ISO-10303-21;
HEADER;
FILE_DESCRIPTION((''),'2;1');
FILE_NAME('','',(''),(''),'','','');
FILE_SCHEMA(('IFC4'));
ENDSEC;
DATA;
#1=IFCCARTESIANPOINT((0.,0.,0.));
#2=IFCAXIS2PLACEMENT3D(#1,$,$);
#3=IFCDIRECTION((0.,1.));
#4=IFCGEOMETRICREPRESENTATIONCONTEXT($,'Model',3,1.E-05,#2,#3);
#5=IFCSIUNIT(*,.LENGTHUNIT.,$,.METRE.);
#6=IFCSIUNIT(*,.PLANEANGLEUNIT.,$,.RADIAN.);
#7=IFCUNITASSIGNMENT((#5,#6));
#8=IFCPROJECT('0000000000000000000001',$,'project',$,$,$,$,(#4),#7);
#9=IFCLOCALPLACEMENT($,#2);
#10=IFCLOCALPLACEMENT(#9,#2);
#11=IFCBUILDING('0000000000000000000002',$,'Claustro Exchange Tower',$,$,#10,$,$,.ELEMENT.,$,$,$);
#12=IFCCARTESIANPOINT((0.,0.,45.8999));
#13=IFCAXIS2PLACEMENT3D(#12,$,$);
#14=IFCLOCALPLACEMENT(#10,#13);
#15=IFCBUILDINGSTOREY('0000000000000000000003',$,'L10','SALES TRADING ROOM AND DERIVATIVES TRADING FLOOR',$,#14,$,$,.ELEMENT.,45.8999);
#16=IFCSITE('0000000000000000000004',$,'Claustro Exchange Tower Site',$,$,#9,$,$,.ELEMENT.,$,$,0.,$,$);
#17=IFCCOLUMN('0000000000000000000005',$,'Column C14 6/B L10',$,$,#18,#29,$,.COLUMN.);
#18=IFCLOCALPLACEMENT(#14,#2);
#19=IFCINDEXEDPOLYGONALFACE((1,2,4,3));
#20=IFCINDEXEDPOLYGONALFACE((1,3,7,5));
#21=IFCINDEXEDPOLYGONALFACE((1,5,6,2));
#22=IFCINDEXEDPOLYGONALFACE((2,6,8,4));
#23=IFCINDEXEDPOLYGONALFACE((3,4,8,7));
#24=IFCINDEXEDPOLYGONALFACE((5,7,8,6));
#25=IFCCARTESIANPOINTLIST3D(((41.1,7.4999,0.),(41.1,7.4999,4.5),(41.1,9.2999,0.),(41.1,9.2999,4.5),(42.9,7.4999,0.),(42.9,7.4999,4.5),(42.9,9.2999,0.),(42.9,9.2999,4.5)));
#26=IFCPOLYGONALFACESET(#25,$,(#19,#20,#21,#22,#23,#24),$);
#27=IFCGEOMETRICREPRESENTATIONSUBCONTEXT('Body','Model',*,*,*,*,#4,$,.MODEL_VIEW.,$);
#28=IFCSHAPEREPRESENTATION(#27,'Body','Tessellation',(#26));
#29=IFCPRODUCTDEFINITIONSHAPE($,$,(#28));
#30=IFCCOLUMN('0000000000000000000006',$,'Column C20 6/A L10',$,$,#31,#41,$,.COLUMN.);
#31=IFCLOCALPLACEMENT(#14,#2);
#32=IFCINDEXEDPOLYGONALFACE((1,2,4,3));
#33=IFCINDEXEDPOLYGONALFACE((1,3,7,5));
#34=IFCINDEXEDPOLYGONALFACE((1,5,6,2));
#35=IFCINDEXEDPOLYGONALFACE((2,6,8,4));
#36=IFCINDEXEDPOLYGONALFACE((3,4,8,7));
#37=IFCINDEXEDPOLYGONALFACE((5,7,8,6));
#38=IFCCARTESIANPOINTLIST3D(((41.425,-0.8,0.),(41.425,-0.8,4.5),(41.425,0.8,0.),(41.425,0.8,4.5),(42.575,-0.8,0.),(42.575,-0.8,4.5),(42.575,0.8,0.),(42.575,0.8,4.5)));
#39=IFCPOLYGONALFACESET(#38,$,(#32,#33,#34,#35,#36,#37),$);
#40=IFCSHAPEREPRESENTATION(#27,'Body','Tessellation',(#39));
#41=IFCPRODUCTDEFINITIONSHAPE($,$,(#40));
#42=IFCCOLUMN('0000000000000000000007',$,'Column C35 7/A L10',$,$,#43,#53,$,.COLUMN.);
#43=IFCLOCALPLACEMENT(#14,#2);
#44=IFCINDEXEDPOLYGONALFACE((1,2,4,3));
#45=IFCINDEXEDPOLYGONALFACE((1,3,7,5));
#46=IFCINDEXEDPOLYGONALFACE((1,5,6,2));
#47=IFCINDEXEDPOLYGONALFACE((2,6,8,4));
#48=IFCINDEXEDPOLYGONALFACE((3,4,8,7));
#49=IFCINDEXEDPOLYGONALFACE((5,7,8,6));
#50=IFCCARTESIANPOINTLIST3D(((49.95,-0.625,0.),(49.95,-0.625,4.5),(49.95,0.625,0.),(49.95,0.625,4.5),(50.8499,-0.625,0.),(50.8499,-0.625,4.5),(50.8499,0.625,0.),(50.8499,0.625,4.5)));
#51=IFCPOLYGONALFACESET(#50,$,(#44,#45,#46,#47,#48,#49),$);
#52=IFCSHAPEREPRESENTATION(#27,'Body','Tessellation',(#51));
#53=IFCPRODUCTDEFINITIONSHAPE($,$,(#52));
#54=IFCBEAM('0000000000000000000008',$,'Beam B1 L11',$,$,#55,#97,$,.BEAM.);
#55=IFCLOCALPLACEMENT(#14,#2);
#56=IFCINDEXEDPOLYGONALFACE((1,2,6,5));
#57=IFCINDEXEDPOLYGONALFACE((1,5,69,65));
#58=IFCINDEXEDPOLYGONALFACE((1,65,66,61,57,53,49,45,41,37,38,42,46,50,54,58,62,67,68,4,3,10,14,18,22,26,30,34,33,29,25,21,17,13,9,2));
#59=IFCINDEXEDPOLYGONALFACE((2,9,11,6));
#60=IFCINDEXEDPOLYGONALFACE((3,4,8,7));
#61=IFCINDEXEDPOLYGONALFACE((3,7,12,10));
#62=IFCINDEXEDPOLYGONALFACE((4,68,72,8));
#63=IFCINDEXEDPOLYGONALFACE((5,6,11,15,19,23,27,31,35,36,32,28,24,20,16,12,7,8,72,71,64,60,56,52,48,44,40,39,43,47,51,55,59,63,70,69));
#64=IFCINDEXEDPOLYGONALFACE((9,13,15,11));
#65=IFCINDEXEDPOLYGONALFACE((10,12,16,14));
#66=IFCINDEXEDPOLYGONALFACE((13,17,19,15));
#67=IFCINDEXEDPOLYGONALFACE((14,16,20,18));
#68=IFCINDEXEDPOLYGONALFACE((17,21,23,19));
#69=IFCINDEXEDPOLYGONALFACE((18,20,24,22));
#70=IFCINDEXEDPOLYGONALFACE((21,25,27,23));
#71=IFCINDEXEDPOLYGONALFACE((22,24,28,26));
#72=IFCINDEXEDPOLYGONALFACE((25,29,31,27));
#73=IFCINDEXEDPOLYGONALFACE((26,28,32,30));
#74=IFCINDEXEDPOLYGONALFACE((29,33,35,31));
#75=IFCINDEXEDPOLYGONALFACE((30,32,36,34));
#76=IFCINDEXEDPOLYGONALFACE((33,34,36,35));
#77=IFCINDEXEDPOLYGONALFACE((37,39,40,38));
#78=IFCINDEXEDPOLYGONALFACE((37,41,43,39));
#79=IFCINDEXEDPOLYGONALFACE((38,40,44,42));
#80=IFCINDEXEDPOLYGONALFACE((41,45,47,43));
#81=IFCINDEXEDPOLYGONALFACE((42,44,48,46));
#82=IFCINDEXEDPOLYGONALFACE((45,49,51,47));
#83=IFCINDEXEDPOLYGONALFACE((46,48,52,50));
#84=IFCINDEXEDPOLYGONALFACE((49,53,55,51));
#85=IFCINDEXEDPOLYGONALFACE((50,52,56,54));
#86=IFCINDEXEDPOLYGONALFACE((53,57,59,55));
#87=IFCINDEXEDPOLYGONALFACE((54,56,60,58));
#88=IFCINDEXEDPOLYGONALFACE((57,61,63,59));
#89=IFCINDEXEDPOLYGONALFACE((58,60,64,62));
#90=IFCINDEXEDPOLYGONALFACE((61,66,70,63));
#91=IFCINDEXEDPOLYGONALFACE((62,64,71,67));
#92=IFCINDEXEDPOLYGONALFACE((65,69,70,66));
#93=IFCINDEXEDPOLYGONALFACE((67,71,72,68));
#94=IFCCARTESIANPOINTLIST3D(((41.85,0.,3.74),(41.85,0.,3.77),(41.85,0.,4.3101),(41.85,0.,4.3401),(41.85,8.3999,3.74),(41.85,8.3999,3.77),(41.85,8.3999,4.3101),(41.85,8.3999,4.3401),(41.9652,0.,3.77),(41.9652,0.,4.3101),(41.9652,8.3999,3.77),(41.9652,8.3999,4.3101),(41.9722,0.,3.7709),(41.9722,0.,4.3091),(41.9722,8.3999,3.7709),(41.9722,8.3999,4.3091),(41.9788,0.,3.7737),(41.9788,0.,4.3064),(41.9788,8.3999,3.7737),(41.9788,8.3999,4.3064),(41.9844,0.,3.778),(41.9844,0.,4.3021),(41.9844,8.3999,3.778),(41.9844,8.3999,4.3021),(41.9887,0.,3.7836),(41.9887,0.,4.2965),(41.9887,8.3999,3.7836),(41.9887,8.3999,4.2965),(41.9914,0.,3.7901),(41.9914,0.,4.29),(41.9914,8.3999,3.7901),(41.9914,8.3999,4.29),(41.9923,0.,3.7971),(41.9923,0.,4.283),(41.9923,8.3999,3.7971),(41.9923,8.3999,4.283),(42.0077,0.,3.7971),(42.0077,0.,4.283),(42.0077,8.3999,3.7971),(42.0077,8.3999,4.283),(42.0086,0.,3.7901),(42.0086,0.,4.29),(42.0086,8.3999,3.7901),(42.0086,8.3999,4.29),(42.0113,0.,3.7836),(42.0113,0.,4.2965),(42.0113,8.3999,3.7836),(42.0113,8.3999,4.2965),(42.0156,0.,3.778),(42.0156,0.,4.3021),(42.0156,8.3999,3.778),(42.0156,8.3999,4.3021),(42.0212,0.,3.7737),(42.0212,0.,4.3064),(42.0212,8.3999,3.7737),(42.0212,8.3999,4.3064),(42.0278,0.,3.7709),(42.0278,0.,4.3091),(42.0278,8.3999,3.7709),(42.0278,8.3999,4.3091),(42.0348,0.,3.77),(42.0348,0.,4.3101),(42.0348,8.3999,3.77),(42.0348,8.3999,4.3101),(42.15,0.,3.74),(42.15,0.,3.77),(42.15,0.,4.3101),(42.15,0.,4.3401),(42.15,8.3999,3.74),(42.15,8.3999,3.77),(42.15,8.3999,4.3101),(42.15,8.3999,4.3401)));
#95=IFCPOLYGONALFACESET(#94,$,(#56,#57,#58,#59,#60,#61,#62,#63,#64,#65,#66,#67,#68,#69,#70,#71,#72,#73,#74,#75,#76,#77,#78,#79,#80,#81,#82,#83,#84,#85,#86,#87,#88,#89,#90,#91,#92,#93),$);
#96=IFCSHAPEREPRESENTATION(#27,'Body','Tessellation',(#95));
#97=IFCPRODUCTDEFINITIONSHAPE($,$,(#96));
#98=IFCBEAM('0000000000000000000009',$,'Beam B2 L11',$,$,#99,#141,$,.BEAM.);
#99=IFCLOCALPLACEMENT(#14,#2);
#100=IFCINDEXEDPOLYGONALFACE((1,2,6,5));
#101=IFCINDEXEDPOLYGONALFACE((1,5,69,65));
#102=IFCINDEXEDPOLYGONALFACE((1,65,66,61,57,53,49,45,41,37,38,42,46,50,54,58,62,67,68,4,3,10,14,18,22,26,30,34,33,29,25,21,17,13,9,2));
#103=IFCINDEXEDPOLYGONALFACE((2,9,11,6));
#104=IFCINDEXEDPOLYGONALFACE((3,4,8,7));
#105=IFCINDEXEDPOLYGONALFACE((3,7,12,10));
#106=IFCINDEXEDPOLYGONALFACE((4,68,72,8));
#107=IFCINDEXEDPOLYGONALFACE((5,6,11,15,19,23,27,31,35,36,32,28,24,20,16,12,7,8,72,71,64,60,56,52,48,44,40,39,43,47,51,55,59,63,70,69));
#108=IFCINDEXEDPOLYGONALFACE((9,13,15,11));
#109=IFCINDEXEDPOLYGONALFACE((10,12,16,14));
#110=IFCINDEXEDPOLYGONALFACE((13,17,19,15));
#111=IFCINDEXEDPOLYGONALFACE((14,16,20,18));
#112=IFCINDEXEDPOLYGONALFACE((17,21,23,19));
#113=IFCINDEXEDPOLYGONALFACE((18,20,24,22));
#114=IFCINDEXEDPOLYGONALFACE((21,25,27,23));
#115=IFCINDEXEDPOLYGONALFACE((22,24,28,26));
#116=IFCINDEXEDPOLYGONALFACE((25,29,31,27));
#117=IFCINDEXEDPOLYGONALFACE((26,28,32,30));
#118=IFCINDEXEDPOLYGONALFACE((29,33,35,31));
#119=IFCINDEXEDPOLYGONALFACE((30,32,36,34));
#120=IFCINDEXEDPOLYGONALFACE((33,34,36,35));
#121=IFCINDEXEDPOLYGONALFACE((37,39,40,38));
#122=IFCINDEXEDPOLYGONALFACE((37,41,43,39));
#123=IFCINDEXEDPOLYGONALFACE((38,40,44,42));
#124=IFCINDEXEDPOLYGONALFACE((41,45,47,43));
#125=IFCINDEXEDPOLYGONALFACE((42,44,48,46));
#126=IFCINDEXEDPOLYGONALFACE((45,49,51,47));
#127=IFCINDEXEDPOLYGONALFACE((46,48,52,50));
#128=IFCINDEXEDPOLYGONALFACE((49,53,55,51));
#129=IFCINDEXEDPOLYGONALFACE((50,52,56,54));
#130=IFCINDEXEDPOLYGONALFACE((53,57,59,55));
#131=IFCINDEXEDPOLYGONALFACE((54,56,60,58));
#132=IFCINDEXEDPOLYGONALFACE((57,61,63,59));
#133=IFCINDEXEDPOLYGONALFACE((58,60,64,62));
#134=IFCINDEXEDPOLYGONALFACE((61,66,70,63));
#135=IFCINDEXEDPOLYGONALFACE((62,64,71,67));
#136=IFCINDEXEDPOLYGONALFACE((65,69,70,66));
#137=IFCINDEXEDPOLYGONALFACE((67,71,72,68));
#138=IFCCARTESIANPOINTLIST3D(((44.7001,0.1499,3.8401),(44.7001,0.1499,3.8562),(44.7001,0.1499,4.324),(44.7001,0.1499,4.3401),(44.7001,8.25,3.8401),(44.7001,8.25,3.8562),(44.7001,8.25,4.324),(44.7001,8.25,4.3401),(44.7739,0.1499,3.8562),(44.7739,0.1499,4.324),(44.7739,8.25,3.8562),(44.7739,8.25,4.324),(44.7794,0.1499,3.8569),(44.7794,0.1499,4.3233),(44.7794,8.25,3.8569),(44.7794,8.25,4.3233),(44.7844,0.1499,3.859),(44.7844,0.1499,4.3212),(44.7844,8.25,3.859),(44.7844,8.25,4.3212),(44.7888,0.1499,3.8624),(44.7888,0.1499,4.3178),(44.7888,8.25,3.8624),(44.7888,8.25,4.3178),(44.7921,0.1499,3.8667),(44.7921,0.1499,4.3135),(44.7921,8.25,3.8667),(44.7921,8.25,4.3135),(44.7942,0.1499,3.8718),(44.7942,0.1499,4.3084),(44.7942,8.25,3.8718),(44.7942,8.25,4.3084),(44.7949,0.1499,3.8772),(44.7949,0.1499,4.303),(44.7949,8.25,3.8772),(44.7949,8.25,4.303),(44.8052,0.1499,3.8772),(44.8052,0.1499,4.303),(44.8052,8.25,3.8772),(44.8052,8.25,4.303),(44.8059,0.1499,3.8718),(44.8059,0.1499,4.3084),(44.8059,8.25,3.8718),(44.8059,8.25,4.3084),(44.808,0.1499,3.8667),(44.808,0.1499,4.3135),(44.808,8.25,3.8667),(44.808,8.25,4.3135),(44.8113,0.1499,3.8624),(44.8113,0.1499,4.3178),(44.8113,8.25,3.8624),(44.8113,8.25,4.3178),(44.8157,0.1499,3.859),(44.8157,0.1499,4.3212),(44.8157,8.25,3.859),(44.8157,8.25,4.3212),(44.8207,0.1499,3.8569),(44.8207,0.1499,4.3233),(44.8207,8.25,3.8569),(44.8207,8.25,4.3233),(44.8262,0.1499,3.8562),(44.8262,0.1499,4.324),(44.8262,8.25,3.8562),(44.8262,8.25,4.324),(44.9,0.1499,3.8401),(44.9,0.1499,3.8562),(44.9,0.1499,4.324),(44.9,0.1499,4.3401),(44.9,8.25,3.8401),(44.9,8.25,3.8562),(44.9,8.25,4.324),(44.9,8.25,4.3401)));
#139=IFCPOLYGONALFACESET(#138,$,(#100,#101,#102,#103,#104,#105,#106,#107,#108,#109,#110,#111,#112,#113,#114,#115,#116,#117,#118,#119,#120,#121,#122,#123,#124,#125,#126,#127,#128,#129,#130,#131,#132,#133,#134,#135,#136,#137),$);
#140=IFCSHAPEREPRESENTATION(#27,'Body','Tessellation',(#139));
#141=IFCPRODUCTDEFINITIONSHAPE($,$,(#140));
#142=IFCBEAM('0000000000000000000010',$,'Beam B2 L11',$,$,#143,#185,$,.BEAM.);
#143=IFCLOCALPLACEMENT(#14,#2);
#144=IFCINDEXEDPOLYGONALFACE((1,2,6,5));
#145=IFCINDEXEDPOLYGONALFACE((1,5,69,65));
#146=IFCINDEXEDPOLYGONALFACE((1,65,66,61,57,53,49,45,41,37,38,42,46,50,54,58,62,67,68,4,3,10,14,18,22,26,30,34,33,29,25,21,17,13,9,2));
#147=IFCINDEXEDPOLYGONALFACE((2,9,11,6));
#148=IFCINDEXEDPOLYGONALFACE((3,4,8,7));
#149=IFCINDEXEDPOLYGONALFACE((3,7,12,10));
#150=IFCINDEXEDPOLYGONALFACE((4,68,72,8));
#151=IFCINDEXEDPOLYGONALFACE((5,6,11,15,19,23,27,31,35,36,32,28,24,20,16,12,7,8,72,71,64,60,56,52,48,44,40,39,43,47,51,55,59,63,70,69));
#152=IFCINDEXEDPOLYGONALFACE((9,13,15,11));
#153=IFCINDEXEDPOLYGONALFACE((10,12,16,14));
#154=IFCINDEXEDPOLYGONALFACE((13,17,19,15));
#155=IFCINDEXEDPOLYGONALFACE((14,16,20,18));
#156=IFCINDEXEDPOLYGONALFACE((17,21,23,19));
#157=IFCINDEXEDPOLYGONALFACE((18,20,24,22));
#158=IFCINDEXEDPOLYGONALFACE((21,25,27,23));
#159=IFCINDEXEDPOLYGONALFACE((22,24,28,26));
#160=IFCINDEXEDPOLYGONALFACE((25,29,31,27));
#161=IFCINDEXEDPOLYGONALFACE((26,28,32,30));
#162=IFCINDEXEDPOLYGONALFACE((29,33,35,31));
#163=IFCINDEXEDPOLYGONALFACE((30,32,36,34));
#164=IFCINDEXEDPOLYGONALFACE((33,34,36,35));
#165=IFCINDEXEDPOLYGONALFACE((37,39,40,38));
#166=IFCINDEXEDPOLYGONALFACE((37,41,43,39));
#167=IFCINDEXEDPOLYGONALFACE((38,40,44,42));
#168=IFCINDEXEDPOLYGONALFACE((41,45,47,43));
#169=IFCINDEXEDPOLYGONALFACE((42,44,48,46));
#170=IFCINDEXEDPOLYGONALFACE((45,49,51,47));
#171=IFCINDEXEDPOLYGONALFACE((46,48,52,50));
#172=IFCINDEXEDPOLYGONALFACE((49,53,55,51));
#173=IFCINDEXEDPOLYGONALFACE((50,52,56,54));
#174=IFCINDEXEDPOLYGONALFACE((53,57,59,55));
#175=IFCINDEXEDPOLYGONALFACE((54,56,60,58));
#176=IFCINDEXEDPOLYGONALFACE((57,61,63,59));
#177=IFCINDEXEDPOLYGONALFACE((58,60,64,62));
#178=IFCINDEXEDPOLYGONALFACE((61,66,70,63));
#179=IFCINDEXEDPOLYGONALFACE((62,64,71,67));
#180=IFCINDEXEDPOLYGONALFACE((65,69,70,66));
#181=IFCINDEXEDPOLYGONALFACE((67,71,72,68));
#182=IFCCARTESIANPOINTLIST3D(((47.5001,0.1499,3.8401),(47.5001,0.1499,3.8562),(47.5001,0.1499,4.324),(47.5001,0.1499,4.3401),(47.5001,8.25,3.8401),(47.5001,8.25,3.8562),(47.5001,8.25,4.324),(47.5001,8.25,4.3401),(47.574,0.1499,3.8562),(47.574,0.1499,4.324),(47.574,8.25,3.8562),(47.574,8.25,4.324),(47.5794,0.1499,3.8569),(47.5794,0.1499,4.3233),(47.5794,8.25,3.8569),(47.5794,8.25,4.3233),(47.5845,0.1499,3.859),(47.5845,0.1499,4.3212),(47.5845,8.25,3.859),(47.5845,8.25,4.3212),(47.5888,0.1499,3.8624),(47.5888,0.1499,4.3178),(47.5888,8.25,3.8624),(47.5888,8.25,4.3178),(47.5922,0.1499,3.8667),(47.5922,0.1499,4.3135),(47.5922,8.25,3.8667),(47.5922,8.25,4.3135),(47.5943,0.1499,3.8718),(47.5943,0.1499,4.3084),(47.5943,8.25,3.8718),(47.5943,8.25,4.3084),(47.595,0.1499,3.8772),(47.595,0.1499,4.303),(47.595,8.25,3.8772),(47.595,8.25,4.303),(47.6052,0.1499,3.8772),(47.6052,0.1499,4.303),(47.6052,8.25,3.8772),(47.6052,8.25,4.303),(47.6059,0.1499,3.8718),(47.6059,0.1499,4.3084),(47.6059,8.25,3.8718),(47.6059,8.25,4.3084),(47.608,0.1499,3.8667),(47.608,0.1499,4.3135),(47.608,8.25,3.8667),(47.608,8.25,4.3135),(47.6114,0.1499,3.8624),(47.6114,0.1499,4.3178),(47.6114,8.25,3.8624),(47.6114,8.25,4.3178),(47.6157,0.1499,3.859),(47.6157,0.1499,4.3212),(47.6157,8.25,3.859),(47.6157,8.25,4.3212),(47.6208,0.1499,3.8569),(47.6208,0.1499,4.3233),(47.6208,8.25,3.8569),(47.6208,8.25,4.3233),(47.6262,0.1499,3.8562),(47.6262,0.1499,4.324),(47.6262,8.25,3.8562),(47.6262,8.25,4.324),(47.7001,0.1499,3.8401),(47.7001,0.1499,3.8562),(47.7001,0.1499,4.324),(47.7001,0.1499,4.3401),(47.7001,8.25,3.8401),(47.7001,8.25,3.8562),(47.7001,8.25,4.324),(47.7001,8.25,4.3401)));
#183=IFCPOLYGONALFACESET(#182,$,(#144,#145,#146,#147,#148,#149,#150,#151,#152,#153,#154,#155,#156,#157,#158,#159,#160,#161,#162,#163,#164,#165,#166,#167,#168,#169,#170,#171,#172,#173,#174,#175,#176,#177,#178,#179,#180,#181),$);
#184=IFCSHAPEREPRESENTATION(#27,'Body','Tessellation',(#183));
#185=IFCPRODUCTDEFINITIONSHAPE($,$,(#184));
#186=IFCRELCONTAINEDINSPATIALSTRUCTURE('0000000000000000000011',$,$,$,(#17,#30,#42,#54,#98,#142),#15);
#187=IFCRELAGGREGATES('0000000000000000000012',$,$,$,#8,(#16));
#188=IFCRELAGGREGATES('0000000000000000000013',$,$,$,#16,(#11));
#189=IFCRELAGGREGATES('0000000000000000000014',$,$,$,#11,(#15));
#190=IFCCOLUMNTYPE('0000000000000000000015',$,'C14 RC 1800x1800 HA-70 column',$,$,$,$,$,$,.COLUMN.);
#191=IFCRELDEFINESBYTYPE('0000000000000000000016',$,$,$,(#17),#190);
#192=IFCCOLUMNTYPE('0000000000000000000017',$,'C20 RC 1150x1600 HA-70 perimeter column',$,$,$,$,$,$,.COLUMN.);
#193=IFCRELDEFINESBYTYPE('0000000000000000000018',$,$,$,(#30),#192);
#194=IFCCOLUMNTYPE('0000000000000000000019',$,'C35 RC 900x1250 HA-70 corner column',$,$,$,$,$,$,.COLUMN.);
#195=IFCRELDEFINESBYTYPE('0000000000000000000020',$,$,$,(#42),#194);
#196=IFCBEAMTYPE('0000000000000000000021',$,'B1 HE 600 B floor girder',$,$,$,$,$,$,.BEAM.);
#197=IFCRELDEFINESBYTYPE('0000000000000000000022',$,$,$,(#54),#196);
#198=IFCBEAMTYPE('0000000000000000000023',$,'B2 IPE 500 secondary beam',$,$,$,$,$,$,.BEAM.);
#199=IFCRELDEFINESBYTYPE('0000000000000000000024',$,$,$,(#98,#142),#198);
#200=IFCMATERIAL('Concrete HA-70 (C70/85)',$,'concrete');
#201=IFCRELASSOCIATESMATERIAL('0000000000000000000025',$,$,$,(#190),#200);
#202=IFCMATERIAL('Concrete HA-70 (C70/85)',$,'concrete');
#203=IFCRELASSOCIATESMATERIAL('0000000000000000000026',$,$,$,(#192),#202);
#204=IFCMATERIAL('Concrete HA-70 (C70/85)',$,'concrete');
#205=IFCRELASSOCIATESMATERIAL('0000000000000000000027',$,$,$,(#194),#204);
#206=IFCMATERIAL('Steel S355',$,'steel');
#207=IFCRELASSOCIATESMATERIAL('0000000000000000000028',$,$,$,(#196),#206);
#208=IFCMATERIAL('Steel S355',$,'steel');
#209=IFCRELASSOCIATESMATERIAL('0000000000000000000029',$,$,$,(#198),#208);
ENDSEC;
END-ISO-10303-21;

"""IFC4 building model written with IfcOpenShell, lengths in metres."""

from ifc_helpers import new_model, si_unit, direction, frame, origin, origin_2d, place, context, subcontext, project, spatial, rectangle, i_section, extrude, material, material_profile, profile_set, type_object, element, save


model = new_model("IFC4")

# Units and contexts
model_context = context("Model", 3, precision=1e-05, world=origin(), true_north=direction((0.0, 1.0)))
body_context = subcontext(model_context, "Body", "Model", "MODEL_VIEW")
ifc_project = project(units=[si_unit("LENGTHUNIT", "METRE"), si_unit("PLANEANGLEUNIT", "RADIAN")], contexts=[model_context])

# Site, building, storey
site_placement = place(None, origin())
site = spatial("IfcSite", under=ifc_project, at=site_placement, Name="Claustro Exchange Tower Site", CompositionType="ELEMENT", RefElevation=0.0)
building_placement = place(site_placement, origin())
building = spatial("IfcBuilding", under=site, at=building_placement, Name="Claustro Exchange Tower", CompositionType="ELEMENT")
storey_placement = place(building_placement, frame((0.0, 0.0, 45.8999)))
storey = spatial("IfcBuildingStorey", under=building, at=storey_placement, Name="L10", Description="SALES TRADING ROOM AND DERIVATIVES TRADING FLOOR", CompositionType="ELEMENT", Elevation=45.8999)

# Columns
ifc_material_1 = material(Name="Concrete HA-70 (C70/85)", Category="concrete")
ifc_material_profile_1 = material_profile(ifc_material_1, rectangle(XDim=1.8, YDim=1.8, at=origin_2d()), Name="RC 1800x1800")
ifc_profile_set_1 = profile_set([ifc_material_profile_1], Name="Concrete HA-70 (C70/85)")
column_type_1 = type_object("IfcColumnType", Name="C14 RC 1800x1800 HA-70 column", PredefinedType="COLUMN", material=ifc_profile_set_1)
column_1_placement = place(storey_placement, frame((42.0, 8.3999, 0.0), z_axis=(0.0, 0.0, 1.0), x_axis=(1.0, 0.0, 0.0)))
element("IfcColumn", 1, at=column_1_placement, inside=storey, type_object=column_type_1, Name="Column C14 6/B L10", PredefinedType="COLUMN", context=body_context, shape_type="SweptSolid", body=[
    extrude(rectangle(XDim=1.8, YDim=1.8, at=origin_2d()), origin(), (0.0, 0.0, 1.0), 4.5),
])
ifc_material_2 = material(Name="Concrete HA-70 (C70/85)", Category="concrete")
ifc_material_profile_2 = material_profile(ifc_material_2, rectangle(XDim=1.1499, YDim=1.6001, at=origin_2d()), Name="RC 1150x1600")
ifc_profile_set_2 = profile_set([ifc_material_profile_2], Name="Concrete HA-70 (C70/85)")
column_type_2 = type_object("IfcColumnType", Name="C20 RC 1150x1600 HA-70 perimeter column", PredefinedType="COLUMN", material=ifc_profile_set_2)
column_2_placement = place(storey_placement, frame((42.0, 0.0, 0.0), z_axis=(0.0, 0.0, 1.0), x_axis=(1.0, 0.0, 0.0)))
element("IfcColumn", 2, at=column_2_placement, inside=storey, type_object=column_type_2, Name="Column C20 6/A L10", PredefinedType="COLUMN", context=body_context, shape_type="SweptSolid", body=[
    extrude(rectangle(XDim=1.1499, YDim=1.6001, at=origin_2d()), origin(), (0.0, 0.0, 1.0), 4.5),
])
ifc_material_3 = material(Name="Concrete HA-70 (C70/85)", Category="concrete")
ifc_material_profile_3 = material_profile(ifc_material_3, rectangle(XDim=0.8999, YDim=1.25, at=origin_2d()), Name="RC 900x1250")
ifc_profile_set_3 = profile_set([ifc_material_profile_3], Name="Concrete HA-70 (C70/85)")
column_type_3 = type_object("IfcColumnType", Name="C35 RC 900x1250 HA-70 corner column", PredefinedType="COLUMN", material=ifc_profile_set_3)
column_3_placement = place(storey_placement, frame((50.3999, 0.0, 0.0), z_axis=(0.0, 0.0, 1.0), x_axis=(1.0, 0.0, 0.0)))
element("IfcColumn", 3, at=column_3_placement, inside=storey, type_object=column_type_3, Name="Column C35 7/A L10", PredefinedType="COLUMN", context=body_context, shape_type="SweptSolid", body=[
    extrude(rectangle(XDim=0.8999, YDim=1.25, at=origin_2d()), origin(), (0.0, 0.0, 1.0), 4.5),
])

# Beams
ifc_material_4 = material(Name="Steel S355", Category="steel")
ifc_material_profile_4 = material_profile(ifc_material_4, i_section(OverallWidth=0.3, OverallDepth=0.6001, WebThickness=0.0154, FlangeThickness=0.03, FilletRadius=0.0271, at=origin_2d()), Name="HE 600 B")
ifc_profile_set_4 = profile_set([ifc_material_profile_4], Name="Steel S355")
beam_type_1 = type_object("IfcBeamType", Name="B1 HE 600 B floor girder", PredefinedType="BEAM", material=ifc_profile_set_4)
beam_1_placement = place(storey_placement, frame((42.0, 0.0, 4.04), z_axis=(0.0, 1.0, 0.0), x_axis=(-1.0, 0.0, 0.0)))
element("IfcBeam", 4, at=beam_1_placement, inside=storey, type_object=beam_type_1, Name="Beam B1 L11", PredefinedType="BEAM", context=body_context, shape_type="SweptSolid", body=[
    extrude(i_section(OverallWidth=0.3, OverallDepth=0.6001, WebThickness=0.0154, FlangeThickness=0.03, FilletRadius=0.0271, at=origin_2d()), origin(), (0.0, 0.0, 1.0), 8.3999),
])
ifc_material_5 = material(Name="Steel S355", Category="steel")
ifc_material_profile_5 = material_profile(ifc_material_5, i_section(OverallWidth=0.2, OverallDepth=0.5, WebThickness=0.0103, FlangeThickness=0.0161, FilletRadius=0.021, at=origin_2d()), Name="IPE 500")
ifc_profile_set_5 = profile_set([ifc_material_profile_5], Name="Steel S355")
beam_type_2 = type_object("IfcBeamType", Name="B2 IPE 500 secondary beam", PredefinedType="BEAM", material=ifc_profile_set_5)
for number, where, z_axis, x_axis, name in (
    (5, (44.8, 0.1499, 4.0901), (0.0, 1.0, 0.0), (-1.0, 0.0, 0.0), "Beam B2 L11"),
    (6, (47.6001, 0.1499, 4.0901), (0.0, 1.0, 0.0), (-1.0, 0.0, 0.0), "Beam B2 L11"),
):
    element("IfcBeam", number, at=place(storey_placement, frame(where, z_axis=z_axis, x_axis=x_axis)), inside=storey, type_object=beam_type_2, Name=name, PredefinedType="BEAM", context=body_context, shape_type="SweptSolid", body=[
        extrude(i_section(OverallWidth=0.2, OverallDepth=0.5, WebThickness=0.0103, FlangeThickness=0.0161, FilletRadius=0.021, at=origin_2d()), origin(), (0.0, 0.0, 1.0), 8.1001),
    ])

save(model, "model.ifc")
